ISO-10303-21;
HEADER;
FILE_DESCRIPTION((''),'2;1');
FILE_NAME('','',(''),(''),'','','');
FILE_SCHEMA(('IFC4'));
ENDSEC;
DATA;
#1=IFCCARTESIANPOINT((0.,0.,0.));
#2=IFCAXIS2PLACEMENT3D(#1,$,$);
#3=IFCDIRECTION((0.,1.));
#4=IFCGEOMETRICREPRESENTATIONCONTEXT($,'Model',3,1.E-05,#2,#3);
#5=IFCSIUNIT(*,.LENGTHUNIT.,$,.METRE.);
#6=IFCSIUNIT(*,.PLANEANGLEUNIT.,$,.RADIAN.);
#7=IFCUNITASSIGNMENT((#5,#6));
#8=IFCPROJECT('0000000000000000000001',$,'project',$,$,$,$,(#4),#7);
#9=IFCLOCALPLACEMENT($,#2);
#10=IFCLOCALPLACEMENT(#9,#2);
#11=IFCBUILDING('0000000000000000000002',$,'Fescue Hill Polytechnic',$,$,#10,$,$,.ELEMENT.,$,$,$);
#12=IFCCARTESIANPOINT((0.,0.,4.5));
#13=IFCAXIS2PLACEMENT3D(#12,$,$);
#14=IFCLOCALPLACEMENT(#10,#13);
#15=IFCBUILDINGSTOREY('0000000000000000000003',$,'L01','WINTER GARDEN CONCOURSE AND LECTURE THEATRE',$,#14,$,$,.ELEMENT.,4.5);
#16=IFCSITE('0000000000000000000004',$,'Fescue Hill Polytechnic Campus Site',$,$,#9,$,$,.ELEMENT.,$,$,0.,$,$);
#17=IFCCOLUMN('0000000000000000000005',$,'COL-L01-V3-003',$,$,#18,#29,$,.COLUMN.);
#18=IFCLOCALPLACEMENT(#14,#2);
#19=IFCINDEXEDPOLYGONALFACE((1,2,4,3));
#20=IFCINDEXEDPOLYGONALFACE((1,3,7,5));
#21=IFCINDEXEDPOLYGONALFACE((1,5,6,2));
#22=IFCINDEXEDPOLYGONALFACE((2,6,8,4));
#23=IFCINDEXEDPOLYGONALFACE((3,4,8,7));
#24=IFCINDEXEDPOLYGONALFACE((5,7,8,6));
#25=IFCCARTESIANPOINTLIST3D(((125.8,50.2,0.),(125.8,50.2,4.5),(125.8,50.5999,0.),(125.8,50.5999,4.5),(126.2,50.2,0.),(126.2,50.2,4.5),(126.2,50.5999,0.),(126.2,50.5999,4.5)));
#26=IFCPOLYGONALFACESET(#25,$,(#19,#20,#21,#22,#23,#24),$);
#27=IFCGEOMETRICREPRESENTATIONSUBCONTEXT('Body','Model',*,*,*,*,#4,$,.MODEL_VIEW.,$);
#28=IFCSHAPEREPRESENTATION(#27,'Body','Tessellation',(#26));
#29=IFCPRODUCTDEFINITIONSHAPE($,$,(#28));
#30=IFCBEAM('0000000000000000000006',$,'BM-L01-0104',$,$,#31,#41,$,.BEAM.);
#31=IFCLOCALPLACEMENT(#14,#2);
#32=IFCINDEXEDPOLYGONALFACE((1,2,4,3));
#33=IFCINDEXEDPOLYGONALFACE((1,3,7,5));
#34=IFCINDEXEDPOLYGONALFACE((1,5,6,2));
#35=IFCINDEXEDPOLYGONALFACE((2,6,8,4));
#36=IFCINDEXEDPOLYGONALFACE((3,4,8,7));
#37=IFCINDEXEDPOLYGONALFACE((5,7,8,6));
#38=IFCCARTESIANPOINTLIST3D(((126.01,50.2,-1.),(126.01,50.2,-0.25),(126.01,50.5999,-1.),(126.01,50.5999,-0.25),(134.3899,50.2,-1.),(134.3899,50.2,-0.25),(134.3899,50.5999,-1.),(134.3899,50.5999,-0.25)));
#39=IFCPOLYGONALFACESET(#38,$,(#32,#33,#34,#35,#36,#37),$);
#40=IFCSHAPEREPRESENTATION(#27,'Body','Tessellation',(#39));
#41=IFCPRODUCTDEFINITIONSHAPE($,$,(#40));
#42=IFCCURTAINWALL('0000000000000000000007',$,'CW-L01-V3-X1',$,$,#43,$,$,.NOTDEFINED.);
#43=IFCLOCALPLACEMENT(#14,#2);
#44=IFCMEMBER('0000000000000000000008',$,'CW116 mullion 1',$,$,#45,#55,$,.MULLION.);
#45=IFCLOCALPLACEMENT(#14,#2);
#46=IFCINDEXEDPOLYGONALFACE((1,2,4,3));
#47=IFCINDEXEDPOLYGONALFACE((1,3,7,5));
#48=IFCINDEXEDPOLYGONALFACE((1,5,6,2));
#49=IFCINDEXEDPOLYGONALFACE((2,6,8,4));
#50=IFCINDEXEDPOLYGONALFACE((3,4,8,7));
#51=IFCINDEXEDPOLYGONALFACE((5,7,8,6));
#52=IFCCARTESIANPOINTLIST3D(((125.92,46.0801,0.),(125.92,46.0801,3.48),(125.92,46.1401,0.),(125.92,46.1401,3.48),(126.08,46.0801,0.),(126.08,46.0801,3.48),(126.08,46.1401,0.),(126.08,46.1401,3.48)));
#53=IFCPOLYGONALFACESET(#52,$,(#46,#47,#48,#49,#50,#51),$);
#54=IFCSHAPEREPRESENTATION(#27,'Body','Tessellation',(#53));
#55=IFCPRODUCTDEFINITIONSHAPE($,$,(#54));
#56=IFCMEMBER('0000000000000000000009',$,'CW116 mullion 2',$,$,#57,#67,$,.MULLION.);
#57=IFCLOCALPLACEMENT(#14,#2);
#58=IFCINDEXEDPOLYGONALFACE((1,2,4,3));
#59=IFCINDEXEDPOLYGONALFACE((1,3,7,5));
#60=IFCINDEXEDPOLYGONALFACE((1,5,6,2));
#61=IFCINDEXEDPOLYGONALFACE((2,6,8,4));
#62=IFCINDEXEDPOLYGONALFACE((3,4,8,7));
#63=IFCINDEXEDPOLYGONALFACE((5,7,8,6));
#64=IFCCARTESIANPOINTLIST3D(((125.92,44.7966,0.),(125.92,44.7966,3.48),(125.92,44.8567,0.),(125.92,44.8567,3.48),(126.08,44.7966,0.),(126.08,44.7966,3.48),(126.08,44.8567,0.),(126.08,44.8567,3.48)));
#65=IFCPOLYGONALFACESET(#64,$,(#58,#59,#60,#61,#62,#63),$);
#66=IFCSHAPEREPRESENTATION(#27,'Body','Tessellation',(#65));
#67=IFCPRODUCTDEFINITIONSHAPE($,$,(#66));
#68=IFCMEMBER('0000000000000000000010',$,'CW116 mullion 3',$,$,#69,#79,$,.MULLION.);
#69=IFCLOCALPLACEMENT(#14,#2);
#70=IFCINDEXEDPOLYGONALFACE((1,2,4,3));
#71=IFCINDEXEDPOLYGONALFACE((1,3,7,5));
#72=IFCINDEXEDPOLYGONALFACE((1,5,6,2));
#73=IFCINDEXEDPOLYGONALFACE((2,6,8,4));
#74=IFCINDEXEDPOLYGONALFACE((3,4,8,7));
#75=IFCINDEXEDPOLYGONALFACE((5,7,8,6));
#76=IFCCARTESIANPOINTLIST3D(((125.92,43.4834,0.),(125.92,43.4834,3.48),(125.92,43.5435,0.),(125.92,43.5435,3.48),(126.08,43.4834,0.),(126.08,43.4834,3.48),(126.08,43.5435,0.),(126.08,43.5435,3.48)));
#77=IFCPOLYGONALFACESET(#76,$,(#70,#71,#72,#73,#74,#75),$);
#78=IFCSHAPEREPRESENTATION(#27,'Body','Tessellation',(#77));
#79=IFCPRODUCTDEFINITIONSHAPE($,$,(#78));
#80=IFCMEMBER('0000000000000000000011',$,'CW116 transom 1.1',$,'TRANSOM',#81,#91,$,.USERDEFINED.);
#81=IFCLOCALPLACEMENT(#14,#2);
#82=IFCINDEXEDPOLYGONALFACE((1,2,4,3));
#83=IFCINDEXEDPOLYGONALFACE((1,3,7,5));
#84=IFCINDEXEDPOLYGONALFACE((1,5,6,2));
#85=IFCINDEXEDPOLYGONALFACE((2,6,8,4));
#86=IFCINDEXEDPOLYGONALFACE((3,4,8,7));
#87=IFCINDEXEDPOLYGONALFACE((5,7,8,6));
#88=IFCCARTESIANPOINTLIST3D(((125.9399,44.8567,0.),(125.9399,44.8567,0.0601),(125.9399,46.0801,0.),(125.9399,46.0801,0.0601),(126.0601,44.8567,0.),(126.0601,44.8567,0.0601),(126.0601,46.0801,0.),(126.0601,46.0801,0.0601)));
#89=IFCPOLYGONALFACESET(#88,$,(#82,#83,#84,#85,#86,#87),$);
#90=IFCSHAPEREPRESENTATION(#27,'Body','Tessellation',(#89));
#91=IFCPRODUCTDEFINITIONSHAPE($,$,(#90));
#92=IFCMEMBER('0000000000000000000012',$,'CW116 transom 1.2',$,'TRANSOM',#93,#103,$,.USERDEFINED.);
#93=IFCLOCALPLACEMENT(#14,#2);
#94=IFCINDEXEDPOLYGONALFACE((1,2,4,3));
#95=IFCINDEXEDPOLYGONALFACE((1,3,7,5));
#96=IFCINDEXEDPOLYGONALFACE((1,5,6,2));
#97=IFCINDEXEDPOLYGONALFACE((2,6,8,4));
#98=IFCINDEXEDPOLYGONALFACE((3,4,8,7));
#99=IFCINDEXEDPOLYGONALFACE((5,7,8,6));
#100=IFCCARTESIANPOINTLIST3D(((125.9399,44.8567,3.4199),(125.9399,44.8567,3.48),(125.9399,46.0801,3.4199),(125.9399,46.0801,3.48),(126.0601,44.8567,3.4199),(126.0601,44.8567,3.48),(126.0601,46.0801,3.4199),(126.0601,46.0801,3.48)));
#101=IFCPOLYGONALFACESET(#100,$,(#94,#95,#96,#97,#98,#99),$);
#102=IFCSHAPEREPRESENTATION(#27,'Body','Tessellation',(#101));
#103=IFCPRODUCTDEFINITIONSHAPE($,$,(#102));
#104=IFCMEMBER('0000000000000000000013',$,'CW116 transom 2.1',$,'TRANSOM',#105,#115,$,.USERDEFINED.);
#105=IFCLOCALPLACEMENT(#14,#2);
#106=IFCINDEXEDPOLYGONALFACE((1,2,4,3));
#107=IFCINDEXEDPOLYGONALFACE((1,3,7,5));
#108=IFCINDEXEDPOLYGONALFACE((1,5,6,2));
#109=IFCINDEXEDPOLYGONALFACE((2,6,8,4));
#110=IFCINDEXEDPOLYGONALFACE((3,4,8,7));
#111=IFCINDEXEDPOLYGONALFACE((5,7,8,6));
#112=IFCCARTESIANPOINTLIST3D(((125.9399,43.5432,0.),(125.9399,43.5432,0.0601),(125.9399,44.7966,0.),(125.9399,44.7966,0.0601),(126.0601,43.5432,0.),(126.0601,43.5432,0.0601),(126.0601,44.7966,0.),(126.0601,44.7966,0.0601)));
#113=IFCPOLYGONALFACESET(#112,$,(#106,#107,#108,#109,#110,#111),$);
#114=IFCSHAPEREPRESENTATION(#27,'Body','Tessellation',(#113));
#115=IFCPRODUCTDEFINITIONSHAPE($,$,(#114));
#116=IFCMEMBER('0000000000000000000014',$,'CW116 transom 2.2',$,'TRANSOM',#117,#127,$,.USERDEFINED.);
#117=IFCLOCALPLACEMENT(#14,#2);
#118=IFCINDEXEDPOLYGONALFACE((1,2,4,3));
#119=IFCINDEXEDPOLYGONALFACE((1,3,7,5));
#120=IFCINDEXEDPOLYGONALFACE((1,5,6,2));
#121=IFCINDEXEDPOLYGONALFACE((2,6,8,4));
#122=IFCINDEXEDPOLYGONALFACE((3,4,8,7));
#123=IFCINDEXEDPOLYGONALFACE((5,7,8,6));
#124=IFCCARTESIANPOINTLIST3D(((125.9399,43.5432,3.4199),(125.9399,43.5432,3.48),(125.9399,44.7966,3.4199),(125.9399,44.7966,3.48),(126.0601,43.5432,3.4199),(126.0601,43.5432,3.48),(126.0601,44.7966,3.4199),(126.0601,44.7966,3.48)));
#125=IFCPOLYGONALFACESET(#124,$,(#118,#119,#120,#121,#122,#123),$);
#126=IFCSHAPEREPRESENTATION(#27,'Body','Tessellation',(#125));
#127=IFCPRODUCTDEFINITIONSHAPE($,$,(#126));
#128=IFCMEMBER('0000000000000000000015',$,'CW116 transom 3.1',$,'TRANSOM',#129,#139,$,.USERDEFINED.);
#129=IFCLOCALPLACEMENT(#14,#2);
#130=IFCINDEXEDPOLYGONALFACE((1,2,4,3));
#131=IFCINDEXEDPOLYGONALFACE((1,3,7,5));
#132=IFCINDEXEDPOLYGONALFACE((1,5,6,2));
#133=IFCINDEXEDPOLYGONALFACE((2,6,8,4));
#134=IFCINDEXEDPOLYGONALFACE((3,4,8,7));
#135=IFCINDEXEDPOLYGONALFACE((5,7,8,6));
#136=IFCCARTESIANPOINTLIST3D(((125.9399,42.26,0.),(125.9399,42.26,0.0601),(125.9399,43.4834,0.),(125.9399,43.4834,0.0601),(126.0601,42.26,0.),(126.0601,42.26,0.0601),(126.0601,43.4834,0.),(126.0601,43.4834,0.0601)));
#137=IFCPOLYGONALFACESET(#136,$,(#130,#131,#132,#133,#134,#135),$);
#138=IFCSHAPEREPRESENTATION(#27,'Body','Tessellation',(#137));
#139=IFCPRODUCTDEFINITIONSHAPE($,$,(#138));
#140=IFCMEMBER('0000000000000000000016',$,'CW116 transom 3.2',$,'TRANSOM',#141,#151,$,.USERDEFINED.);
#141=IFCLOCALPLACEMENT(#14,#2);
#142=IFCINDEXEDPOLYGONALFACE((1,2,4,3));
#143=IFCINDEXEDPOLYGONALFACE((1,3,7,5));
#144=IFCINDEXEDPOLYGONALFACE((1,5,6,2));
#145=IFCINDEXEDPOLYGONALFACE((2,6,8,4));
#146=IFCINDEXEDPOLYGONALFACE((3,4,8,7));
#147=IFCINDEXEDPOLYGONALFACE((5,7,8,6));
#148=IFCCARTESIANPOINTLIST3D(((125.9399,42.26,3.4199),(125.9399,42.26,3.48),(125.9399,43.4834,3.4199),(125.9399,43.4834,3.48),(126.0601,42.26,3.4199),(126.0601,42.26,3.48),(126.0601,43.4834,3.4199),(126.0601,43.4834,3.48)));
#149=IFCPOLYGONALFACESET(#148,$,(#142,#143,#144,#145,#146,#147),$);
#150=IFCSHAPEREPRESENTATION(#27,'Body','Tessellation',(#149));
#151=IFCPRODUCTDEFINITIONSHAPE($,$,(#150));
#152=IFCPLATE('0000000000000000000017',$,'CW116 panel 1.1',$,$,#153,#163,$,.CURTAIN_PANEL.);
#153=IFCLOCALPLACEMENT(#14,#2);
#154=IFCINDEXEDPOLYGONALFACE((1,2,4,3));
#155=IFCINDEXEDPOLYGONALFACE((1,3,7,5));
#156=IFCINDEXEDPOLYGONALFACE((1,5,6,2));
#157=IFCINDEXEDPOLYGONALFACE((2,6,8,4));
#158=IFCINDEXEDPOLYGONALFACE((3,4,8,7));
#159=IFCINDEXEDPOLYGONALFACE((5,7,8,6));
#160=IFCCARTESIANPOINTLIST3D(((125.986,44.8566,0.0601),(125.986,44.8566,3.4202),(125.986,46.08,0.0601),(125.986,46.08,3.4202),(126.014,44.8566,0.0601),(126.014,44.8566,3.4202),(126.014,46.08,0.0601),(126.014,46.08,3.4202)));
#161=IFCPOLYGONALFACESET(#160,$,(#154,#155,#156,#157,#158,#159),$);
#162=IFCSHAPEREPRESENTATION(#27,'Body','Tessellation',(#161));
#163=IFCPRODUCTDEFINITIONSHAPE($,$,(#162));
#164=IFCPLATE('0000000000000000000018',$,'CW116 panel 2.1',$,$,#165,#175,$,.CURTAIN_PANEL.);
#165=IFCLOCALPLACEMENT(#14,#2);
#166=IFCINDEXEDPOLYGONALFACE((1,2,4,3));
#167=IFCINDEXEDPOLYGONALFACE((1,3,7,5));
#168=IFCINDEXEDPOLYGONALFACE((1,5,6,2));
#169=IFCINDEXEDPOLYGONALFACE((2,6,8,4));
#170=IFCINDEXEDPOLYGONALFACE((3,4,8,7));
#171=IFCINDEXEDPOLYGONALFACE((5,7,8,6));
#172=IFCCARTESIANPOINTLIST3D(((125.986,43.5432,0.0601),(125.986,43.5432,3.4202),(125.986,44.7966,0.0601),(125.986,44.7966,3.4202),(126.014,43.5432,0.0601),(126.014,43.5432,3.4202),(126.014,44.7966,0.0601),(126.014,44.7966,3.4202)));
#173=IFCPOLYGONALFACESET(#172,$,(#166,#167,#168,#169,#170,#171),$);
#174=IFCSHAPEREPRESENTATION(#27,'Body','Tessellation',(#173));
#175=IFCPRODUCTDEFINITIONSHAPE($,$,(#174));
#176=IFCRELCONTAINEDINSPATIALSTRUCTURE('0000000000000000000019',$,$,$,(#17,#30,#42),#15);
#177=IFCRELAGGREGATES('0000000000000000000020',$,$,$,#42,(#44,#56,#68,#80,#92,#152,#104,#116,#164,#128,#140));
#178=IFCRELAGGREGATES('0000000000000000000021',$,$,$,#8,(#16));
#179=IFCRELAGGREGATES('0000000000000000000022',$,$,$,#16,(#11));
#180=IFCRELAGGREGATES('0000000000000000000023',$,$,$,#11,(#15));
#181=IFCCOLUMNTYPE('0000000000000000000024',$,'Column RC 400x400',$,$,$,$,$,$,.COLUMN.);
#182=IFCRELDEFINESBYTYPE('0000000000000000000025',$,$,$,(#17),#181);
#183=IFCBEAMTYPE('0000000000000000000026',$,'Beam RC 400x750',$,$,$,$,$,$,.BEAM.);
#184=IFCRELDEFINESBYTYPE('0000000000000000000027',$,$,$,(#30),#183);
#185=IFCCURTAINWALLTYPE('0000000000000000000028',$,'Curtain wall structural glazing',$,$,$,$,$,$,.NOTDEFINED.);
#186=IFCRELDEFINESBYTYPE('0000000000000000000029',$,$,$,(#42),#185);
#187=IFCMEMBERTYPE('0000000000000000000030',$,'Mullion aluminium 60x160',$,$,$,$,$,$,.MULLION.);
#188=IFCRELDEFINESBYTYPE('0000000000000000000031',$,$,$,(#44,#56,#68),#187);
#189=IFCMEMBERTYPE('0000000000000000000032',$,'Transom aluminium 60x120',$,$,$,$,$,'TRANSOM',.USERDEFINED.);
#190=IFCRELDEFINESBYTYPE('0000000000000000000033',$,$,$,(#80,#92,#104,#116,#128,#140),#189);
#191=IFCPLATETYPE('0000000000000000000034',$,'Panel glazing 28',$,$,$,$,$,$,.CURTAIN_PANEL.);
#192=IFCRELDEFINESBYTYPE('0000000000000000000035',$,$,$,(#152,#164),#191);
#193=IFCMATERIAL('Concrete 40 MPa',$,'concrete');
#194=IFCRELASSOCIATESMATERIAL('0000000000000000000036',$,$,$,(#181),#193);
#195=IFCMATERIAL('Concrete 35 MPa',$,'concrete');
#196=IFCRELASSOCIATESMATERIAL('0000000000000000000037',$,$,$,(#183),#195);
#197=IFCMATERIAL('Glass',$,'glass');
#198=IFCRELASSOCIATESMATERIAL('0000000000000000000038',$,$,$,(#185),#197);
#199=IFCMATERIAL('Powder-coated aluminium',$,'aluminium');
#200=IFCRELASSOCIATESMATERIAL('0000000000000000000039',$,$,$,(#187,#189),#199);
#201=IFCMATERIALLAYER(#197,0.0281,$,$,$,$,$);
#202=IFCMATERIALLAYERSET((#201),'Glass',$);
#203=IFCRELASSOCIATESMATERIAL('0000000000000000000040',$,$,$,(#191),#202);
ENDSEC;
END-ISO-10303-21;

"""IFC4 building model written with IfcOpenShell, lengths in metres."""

from ifc_helpers import new_model, si_unit, direction, frame, origin, origin_2d, place, context, subcontext, project, spatial, rectangle, extrude, material, layer, layer_set, material_profile, profile_set, type_object, element, aggregate, save


model = new_model("IFC4")

# Units and contexts
model_context = context("Model", 3, precision=1e-05, world=origin(), true_north=direction((0.0, 1.0)))
body_context = subcontext(model_context, "Body", "Model", "MODEL_VIEW")
ifc_project = project(units=[si_unit("LENGTHUNIT", "METRE"), si_unit("PLANEANGLEUNIT", "RADIAN")], contexts=[model_context])

# Site, building, storey
site_placement = place(None, origin())
site = spatial("IfcSite", under=ifc_project, at=site_placement, Name="Fescue Hill Polytechnic Campus Site", CompositionType="ELEMENT", RefElevation=0.0)
building_placement = place(site_placement, origin())
building = spatial("IfcBuilding", under=site, at=building_placement, Name="Fescue Hill Polytechnic", CompositionType="ELEMENT")
storey_placement = place(building_placement, frame((0.0, 0.0, 4.5)))
storey = spatial("IfcBuildingStorey", under=building, at=storey_placement, Name="L01", Description="WINTER GARDEN CONCOURSE AND LECTURE THEATRE", CompositionType="ELEMENT", Elevation=4.5)

# Column
ifc_material_1 = material(Name="Concrete 40 MPa", Category="concrete")
ifc_material_profile_1 = material_profile(ifc_material_1, rectangle(XDim=0.3999, YDim=0.3999, at=origin_2d()), Name="RC 400x400")
ifc_profile_set_1 = profile_set([ifc_material_profile_1], Name="Concrete 40 MPa")
column_type = type_object("IfcColumnType", Name="Column RC 400x400", PredefinedType="COLUMN", material=ifc_profile_set_1)
column_placement = place(storey_placement, frame((126.0, 50.3999, 0.0), z_axis=(0.0, 0.0, 1.0), x_axis=(1.0, 0.0, 0.0)))
element("IfcColumn", 1, at=column_placement, inside=storey, type_object=column_type, Name="COL-L01-V3-003", PredefinedType="COLUMN", context=body_context, shape_type="SweptSolid", body=[
    extrude(rectangle(XDim=0.3999, YDim=0.3999, at=origin_2d()), origin(), (0.0, 0.0, 1.0), 4.5),
])

# Beam
ifc_material_2 = material(Name="Concrete 35 MPa", Category="concrete")
ifc_material_profile_2 = material_profile(ifc_material_2, rectangle(XDim=0.3999, YDim=0.75, at=origin_2d()), Name="RC 400x750")
ifc_profile_set_2 = profile_set([ifc_material_profile_2], Name="Concrete 35 MPa")
beam_type = type_object("IfcBeamType", Name="Beam RC 400x750", PredefinedType="BEAM", material=ifc_profile_set_2)
beam_placement = place(storey_placement, frame((126.01, 50.3999, -0.625), z_axis=(1.0, 0.0, 0.0), x_axis=(0.0, 1.0, 0.0)))
element("IfcBeam", 2, at=beam_placement, inside=storey, type_object=beam_type, Name="BM-L01-0104", PredefinedType="BEAM", context=body_context, shape_type="SweptSolid", body=[
    extrude(rectangle(XDim=0.3999, YDim=0.75, at=origin_2d()), origin(), (0.0, 0.0, 1.0), 8.3799),
])

# Curtain wall, members, plates
ifc_material_3 = material(Name="Glass", Category="glass")
curtain_wall_type = type_object("IfcCurtainWallType", Name="Curtain wall structural glazing", PredefinedType="NOTDEFINED", material=ifc_material_3)
curtain_wall_placement = place(storey_placement, origin())
curtain_wall = element("IfcCurtainWall", 3, at=curtain_wall_placement, inside=storey, type_object=curtain_wall_type, Name="CW-L01-V3-X1", PredefinedType="NOTDEFINED")
ifc_material_4 = material(Name="Powder-coated aluminium", Category="aluminium")
ifc_material_profile_3 = material_profile(ifc_material_4, rectangle(XDim=0.1599, YDim=0.0601, at=origin_2d()), Name="Mullion aluminium 60x160")
ifc_profile_set_3 = profile_set([ifc_material_profile_3], Name="Powder-coated aluminium")
member_type_1 = type_object("IfcMemberType", Name="Mullion aluminium 60x160", PredefinedType="MULLION", material=ifc_profile_set_3)
member_1_placement = place(storey_placement, frame((126.0, 46.1101, 0.0), z_axis=(0.0, 0.0, 1.0), x_axis=(1.0, 0.0, 0.0)))
member_1 = element("IfcMember", 4, at=member_1_placement, type_object=member_type_1, Name="CW116 mullion 1", PredefinedType="MULLION", context=body_context, shape_type="SweptSolid", body=[
    extrude(rectangle(XDim=0.1599, YDim=0.0601, at=origin_2d()), origin(), (0.0, 0.0, 1.0), 3.48),
])
member_2_placement = place(storey_placement, frame((126.0, 44.8267, 0.0), z_axis=(0.0, 0.0, 1.0), x_axis=(1.0, 0.0, 0.0)))
member_2 = element("IfcMember", 5, at=member_2_placement, type_object=member_type_1, Name="CW116 mullion 2", PredefinedType="MULLION", context=body_context, shape_type="SweptSolid", body=[
    extrude(rectangle(XDim=0.1599, YDim=0.0601, at=origin_2d()), origin(), (0.0, 0.0, 1.0), 3.48),
])
member_3_placement = place(storey_placement, frame((126.0, 43.5134, 0.0), z_axis=(0.0, 0.0, 1.0), x_axis=(1.0, 0.0, 0.0)))
member_3 = element("IfcMember", 6, at=member_3_placement, type_object=member_type_1, Name="CW116 mullion 3", PredefinedType="MULLION", context=body_context, shape_type="SweptSolid", body=[
    extrude(rectangle(XDim=0.1599, YDim=0.0601, at=origin_2d()), origin(), (0.0, 0.0, 1.0), 3.48),
])
ifc_material_profile_4 = material_profile(ifc_material_4, rectangle(XDim=0.1201, YDim=0.0601, at=origin_2d()), Name="Transom aluminium 60x120")
ifc_profile_set_4 = profile_set([ifc_material_profile_4], Name="Powder-coated aluminium")
member_type_2 = type_object("IfcMemberType", Name="Transom aluminium 60x120", ElementType="TRANSOM", PredefinedType="USERDEFINED", material=ifc_profile_set_4)
member_4_placement = place(storey_placement, frame((126.0, 46.0801, 0.03), z_axis=(0.0, -1.0, 0.0), x_axis=(1.0, 0.0, 0.0)))
member_4 = element("IfcMember", 7, at=member_4_placement, type_object=member_type_2, Name="CW116 transom 1.1", ObjectType="TRANSOM", PredefinedType="USERDEFINED", context=body_context, shape_type="SweptSolid", body=[
    extrude(rectangle(XDim=0.1201, YDim=0.0601, at=origin_2d()), origin(), (0.0, 0.0, 1.0), 1.2234),
])
member_5_placement = place(storey_placement, frame((126.0, 46.0801, 3.45), z_axis=(0.0, -1.0, 0.0), x_axis=(1.0, 0.0, 0.0)))
member_5 = element("IfcMember", 8, at=member_5_placement, type_object=member_type_2, Name="CW116 transom 1.2", ObjectType="TRANSOM", PredefinedType="USERDEFINED", context=body_context, shape_type="SweptSolid", body=[
    extrude(rectangle(XDim=0.1201, YDim=0.0601, at=origin_2d()), origin(), (0.0, 0.0, 1.0), 1.2234),
])
member_6_placement = place(storey_placement, frame((126.0, 44.7966, 0.03), z_axis=(0.0, -1.0, 0.0), x_axis=(1.0, 0.0, 0.0)))
member_6 = element("IfcMember", 9, at=member_6_placement, type_object=member_type_2, Name="CW116 transom 2.1", ObjectType="TRANSOM", PredefinedType="USERDEFINED", context=body_context, shape_type="SweptSolid", body=[
    extrude(rectangle(XDim=0.1201, YDim=0.0601, at=origin_2d()), origin(), (0.0, 0.0, 1.0), 1.2534),
])
member_7_placement = place(storey_placement, frame((126.0, 44.7966, 3.45), z_axis=(0.0, -1.0, 0.0), x_axis=(1.0, 0.0, 0.0)))
member_7 = element("IfcMember", 10, at=member_7_placement, type_object=member_type_2, Name="CW116 transom 2.2", ObjectType="TRANSOM", PredefinedType="USERDEFINED", context=body_context, shape_type="SweptSolid", body=[
    extrude(rectangle(XDim=0.1201, YDim=0.0601, at=origin_2d()), origin(), (0.0, 0.0, 1.0), 1.2534),
])
member_8_placement = place(storey_placement, frame((126.0, 43.4834, 0.03), z_axis=(0.0, -1.0, 0.0), x_axis=(1.0, 0.0, 0.0)))
member_8 = element("IfcMember", 11, at=member_8_placement, type_object=member_type_2, Name="CW116 transom 3.1", ObjectType="TRANSOM", PredefinedType="USERDEFINED", context=body_context, shape_type="SweptSolid", body=[
    extrude(rectangle(XDim=0.1201, YDim=0.0601, at=origin_2d()), origin(), (0.0, 0.0, 1.0), 1.2234),
])
member_9_placement = place(storey_placement, frame((126.0, 43.4834, 3.45), z_axis=(0.0, -1.0, 0.0), x_axis=(1.0, 0.0, 0.0)))
member_9 = element("IfcMember", 12, at=member_9_placement, type_object=member_type_2, Name="CW116 transom 3.2", ObjectType="TRANSOM", PredefinedType="USERDEFINED", context=body_context, shape_type="SweptSolid", body=[
    extrude(rectangle(XDim=0.1201, YDim=0.0601, at=origin_2d()), origin(), (0.0, 0.0, 1.0), 1.2234),
])
ifc_layer_1 = layer(ifc_material_3, 0.0281)
ifc_layer_set_1 = layer_set([ifc_layer_1], Name="Glass")
plate_type = type_object("IfcPlateType", Name="Panel glazing 28", PredefinedType="CURTAIN_PANEL", material=ifc_layer_set_1)
plate_1_placement = place(storey_placement, frame((126.0, 45.4683, 0.0601), z_axis=(0.0, 0.0, 1.0), x_axis=(0.0, -1.0, 0.0)))
plate_1 = element("IfcPlate", 13, at=plate_1_placement, type_object=plate_type, Name="CW116 panel 1.1", PredefinedType="CURTAIN_PANEL", context=body_context, shape_type="SweptSolid", body=[
    extrude(rectangle(XDim=1.2234, YDim=0.0281, at=origin_2d()), origin(), (0.0, 0.0, 1.0), 3.3601),
])
plate_2_placement = place(storey_placement, frame((126.0, 44.1699, 0.0601), z_axis=(0.0, 0.0, 1.0), x_axis=(0.0, -1.0, 0.0)))
plate_2 = element("IfcPlate", 14, at=plate_2_placement, type_object=plate_type, Name="CW116 panel 2.1", PredefinedType="CURTAIN_PANEL", context=body_context, shape_type="SweptSolid", body=[
    extrude(rectangle(XDim=1.2534, YDim=0.0281, at=origin_2d()), origin(), (0.0, 0.0, 1.0), 3.3601),
])
aggregate(curtain_wall, [member_1, member_2, member_3, member_4, member_5, plate_1, member_6, member_7, plate_2, member_8, member_9])

save(model, "model.ifc")
